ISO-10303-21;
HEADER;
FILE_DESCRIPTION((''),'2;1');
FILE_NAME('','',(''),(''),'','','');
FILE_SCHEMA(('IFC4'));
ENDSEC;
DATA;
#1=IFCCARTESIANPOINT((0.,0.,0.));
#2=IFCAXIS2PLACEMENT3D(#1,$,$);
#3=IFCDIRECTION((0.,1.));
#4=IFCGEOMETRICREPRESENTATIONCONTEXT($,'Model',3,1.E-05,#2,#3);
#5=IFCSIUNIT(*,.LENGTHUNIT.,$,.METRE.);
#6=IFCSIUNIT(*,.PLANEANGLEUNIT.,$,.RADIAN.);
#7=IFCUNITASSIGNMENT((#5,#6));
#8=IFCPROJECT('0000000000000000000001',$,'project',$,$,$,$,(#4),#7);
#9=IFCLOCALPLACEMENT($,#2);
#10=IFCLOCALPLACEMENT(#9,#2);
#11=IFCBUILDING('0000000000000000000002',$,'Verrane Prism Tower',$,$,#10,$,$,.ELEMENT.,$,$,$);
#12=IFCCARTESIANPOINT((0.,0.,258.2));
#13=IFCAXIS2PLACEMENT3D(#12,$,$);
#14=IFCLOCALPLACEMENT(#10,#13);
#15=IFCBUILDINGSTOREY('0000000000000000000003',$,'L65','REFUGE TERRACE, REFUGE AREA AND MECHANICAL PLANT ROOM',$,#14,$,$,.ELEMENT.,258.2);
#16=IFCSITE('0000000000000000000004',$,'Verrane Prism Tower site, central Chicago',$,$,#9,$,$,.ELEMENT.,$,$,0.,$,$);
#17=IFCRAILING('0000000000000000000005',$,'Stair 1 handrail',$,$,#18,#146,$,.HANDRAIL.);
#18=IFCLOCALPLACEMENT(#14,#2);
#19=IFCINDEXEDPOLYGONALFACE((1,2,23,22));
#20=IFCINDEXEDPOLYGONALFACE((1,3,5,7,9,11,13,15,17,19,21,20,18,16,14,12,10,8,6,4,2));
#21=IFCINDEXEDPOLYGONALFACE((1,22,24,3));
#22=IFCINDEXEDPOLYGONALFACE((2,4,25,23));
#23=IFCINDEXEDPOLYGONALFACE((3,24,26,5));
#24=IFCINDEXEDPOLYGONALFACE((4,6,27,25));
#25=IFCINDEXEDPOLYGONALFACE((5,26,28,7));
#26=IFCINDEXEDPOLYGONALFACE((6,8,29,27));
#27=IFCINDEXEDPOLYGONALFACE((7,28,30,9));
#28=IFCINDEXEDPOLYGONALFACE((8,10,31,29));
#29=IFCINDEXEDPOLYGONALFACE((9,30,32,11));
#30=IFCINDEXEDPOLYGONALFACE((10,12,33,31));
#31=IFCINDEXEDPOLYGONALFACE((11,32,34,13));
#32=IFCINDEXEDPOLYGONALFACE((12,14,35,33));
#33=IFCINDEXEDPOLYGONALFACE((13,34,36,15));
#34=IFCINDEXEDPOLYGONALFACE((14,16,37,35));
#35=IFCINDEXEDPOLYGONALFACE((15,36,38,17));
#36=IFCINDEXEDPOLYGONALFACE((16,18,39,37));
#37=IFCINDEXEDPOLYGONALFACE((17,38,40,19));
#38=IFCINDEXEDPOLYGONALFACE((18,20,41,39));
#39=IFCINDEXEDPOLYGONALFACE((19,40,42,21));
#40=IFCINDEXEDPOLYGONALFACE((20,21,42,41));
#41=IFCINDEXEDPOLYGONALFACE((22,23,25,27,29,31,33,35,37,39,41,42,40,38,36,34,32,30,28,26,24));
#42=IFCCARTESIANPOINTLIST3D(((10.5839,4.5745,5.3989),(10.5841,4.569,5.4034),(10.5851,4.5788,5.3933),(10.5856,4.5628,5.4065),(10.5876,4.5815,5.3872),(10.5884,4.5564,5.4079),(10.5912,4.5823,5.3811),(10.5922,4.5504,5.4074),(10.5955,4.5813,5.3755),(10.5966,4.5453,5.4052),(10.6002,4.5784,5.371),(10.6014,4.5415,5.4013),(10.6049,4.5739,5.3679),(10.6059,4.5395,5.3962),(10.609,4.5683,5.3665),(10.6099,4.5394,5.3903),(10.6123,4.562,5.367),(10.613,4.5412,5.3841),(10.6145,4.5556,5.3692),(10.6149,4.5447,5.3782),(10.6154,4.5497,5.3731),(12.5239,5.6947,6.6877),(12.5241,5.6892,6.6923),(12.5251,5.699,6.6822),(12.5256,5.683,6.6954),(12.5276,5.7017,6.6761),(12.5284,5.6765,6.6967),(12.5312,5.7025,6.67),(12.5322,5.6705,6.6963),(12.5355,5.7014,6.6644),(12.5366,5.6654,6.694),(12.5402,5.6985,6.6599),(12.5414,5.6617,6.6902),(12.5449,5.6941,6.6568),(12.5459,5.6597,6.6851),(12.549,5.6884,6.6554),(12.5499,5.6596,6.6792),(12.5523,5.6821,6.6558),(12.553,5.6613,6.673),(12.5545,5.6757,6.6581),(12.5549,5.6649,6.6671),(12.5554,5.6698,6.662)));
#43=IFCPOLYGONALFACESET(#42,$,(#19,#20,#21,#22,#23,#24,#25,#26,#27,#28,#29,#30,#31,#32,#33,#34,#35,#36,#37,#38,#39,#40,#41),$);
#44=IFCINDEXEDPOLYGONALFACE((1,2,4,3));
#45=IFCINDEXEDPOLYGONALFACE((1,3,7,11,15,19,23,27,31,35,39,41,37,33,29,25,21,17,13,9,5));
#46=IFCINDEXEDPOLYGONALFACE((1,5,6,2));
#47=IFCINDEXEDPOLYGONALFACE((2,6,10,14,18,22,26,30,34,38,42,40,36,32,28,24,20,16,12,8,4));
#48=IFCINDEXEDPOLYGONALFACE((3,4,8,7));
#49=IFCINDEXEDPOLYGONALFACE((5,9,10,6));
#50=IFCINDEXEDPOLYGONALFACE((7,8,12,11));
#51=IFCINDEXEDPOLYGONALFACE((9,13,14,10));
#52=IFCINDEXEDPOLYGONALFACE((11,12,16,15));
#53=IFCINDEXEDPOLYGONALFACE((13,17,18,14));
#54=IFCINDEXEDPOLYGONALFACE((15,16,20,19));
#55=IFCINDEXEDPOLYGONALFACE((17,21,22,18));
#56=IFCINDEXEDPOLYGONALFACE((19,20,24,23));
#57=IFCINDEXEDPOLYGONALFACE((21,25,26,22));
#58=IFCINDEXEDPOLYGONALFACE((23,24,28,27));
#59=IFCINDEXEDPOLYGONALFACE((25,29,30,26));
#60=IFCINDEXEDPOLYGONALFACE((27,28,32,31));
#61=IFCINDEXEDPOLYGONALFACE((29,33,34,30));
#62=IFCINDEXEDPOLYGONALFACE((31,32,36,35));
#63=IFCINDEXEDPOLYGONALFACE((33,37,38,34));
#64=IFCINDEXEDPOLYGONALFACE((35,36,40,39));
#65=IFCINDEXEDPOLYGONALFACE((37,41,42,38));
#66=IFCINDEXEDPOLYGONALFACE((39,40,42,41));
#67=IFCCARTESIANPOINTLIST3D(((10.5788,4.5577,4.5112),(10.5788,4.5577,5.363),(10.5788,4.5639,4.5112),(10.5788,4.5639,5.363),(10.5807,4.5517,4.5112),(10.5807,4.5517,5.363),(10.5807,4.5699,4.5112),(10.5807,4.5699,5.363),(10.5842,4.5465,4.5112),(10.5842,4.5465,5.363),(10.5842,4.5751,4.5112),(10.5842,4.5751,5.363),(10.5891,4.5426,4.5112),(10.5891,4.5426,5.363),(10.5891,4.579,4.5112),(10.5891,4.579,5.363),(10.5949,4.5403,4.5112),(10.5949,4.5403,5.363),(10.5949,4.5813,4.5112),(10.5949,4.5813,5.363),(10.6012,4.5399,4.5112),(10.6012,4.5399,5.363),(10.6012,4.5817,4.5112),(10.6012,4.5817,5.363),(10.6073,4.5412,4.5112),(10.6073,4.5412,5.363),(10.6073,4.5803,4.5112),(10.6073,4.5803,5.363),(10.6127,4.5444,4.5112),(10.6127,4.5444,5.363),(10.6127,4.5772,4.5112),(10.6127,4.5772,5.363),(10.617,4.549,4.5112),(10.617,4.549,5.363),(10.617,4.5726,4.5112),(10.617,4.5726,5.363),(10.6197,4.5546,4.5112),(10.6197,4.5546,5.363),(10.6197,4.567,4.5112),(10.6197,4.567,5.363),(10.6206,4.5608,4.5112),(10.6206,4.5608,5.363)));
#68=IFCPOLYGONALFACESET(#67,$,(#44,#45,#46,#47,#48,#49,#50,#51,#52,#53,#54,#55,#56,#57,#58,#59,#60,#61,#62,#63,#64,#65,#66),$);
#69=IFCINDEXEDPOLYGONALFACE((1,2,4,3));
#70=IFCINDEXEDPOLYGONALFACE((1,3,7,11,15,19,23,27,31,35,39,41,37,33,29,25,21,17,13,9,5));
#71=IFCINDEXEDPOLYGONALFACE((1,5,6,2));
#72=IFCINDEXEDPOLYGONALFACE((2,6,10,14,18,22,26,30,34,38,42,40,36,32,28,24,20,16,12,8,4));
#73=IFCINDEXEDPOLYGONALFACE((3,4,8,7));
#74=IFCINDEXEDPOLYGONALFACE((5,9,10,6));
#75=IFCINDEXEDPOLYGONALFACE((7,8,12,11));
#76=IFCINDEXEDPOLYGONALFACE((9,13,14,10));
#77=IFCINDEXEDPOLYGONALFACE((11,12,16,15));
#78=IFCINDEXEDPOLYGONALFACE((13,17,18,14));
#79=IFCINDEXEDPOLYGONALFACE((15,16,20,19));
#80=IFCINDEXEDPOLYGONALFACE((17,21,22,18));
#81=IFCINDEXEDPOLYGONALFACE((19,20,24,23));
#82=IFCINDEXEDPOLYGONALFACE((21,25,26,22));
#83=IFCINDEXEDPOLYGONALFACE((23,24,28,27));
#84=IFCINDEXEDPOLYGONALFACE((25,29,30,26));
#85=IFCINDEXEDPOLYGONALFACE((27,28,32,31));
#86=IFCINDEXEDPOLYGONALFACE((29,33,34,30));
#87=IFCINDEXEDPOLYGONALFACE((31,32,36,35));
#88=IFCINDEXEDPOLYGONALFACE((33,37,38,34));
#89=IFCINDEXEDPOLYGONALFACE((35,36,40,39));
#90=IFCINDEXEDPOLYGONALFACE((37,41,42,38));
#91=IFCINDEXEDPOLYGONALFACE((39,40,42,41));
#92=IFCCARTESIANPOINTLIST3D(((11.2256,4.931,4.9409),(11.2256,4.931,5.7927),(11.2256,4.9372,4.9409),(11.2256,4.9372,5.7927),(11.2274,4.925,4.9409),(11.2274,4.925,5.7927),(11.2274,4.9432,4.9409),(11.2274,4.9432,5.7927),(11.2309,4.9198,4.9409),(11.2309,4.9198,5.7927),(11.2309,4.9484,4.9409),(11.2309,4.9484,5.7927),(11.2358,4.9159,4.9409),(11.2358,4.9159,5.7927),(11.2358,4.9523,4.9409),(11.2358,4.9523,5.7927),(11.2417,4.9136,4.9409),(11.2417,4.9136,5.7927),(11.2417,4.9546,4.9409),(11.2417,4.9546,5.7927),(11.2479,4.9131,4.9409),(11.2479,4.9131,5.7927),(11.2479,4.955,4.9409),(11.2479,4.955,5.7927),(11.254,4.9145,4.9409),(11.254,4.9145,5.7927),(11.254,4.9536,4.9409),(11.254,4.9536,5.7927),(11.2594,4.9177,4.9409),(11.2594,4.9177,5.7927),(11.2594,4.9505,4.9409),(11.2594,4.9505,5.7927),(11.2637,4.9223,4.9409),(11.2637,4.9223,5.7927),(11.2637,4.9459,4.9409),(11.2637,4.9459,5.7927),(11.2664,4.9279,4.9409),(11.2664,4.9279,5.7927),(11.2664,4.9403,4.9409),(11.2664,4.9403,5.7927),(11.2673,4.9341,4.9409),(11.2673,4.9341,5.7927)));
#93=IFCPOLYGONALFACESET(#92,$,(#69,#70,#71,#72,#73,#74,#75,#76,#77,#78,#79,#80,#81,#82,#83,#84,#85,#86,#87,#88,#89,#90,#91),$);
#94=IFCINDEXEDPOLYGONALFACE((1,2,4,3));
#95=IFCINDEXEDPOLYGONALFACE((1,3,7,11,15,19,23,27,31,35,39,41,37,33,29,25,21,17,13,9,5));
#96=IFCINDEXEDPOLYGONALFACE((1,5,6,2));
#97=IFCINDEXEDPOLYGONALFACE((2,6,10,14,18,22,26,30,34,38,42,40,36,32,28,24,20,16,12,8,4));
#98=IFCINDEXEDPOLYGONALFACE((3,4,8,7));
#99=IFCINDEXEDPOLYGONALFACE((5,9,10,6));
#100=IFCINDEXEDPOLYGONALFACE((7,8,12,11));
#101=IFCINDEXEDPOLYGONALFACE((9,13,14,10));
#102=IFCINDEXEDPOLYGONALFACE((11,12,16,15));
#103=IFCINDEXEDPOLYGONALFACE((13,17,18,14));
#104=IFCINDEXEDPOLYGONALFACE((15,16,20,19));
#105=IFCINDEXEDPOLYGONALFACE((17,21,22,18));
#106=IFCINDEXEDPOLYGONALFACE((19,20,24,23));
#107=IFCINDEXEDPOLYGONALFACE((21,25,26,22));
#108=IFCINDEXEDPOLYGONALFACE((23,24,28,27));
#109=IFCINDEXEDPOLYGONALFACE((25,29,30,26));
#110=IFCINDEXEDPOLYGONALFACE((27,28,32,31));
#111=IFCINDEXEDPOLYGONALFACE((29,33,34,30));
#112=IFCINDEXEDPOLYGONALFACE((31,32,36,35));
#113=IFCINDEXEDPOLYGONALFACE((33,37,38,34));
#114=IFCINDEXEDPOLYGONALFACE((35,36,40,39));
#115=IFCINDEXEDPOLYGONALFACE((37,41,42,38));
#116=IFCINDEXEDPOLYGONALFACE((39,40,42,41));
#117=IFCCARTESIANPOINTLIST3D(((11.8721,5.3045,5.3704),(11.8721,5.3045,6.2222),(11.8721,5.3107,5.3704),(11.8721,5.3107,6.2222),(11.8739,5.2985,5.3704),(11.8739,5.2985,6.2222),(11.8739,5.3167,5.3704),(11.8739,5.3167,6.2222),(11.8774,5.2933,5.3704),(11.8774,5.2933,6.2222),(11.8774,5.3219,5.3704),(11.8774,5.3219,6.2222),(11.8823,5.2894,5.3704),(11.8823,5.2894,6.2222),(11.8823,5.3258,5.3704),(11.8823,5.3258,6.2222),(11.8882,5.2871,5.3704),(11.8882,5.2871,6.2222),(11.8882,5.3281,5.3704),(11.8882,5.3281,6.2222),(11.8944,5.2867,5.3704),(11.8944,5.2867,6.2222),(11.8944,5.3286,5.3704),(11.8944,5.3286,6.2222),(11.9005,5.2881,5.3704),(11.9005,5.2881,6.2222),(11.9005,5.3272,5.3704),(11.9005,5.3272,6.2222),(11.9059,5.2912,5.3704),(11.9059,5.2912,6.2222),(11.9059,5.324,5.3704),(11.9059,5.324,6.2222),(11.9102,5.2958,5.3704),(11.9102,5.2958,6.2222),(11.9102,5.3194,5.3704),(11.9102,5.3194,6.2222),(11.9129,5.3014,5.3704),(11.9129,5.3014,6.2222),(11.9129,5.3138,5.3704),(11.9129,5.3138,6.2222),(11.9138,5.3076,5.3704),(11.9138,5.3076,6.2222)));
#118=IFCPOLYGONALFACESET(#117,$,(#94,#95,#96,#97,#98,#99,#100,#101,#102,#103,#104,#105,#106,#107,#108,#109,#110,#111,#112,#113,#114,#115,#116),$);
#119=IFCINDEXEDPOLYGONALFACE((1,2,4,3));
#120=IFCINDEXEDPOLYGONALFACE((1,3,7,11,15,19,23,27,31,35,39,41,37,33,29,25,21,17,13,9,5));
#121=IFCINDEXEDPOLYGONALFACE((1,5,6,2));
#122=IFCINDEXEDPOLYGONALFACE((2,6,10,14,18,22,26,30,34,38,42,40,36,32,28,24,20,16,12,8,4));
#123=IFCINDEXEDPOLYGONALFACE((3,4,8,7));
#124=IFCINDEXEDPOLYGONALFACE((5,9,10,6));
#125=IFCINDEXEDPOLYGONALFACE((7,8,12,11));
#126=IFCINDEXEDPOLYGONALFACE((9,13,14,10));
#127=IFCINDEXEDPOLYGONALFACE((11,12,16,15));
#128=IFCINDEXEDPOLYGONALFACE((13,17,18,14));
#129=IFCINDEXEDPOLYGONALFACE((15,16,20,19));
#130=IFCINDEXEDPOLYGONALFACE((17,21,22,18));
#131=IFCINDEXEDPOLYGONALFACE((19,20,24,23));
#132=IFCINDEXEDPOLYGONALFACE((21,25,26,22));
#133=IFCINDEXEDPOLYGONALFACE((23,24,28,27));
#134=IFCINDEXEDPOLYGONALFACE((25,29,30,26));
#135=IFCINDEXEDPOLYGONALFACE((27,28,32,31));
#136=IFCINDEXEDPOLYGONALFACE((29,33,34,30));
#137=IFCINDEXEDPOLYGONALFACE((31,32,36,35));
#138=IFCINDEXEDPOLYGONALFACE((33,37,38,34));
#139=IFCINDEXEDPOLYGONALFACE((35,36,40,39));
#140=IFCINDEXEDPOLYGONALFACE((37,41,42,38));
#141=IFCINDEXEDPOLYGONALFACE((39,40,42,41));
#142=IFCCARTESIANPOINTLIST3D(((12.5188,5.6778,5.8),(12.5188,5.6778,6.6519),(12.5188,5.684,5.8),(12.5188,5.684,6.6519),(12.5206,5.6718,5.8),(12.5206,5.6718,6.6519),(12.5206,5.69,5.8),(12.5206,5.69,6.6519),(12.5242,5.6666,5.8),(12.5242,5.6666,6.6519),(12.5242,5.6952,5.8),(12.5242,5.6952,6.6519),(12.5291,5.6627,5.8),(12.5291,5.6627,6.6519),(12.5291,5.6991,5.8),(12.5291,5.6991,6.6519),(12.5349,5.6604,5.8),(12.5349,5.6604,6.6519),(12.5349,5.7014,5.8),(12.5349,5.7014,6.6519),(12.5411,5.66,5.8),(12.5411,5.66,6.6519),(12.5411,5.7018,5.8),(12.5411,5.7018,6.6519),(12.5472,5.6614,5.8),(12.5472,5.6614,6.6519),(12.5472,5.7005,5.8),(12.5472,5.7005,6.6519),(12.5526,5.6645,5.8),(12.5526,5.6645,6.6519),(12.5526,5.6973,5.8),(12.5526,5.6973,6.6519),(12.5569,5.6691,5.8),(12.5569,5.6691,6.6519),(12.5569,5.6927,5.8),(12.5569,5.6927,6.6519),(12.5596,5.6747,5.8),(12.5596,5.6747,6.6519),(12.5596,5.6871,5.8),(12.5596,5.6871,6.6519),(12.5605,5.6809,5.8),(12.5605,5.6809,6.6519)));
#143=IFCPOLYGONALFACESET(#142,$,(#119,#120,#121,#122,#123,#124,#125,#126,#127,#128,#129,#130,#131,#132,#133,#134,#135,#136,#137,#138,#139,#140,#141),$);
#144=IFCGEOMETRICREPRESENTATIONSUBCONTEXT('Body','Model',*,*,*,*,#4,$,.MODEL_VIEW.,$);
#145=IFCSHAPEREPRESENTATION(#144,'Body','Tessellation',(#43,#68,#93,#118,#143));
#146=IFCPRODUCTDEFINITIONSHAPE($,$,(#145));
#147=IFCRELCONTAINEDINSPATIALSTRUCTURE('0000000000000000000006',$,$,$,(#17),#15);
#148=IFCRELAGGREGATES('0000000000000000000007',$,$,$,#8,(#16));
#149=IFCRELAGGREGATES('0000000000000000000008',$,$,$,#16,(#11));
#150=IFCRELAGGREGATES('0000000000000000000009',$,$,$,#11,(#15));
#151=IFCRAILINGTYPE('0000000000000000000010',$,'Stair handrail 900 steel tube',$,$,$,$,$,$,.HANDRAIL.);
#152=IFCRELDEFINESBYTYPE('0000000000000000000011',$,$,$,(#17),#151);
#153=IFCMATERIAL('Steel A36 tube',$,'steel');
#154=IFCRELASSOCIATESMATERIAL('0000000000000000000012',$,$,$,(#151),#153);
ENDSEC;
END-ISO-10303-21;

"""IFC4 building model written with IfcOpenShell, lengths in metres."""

from ifc_helpers import new_model, si_unit, direction, frame, origin, origin_2d, place, context, subcontext, project, spatial, circle, extrude, material, type_object, element, save


model = new_model("IFC4")

# Units and contexts
model_context = context("Model", 3, precision=1e-05, world=origin(), true_north=direction((0.0, 1.0)))
body_context = subcontext(model_context, "Body", "Model", "MODEL_VIEW")
ifc_project = project(units=[si_unit("LENGTHUNIT", "METRE"), si_unit("PLANEANGLEUNIT", "RADIAN")], contexts=[model_context])

# Site, building, storey
site_placement = place(None, origin())
site = spatial("IfcSite", under=ifc_project, at=site_placement, Name="Verrane Prism Tower site, central Chicago", CompositionType="ELEMENT", RefElevation=0.0)
building_placement = place(site_placement, origin())
building = spatial("IfcBuilding", under=site, at=building_placement, Name="Verrane Prism Tower", CompositionType="ELEMENT")
storey_placement = place(building_placement, frame((0.0, 0.0, 258.2)))
storey = spatial("IfcBuildingStorey", under=building, at=storey_placement, Name="L65", Description="REFUGE TERRACE, REFUGE AREA AND MECHANICAL PLANT ROOM", CompositionType="ELEMENT", Elevation=258.2)

# Railing
ifc_material_1 = material(Name="Steel A36 tube", Category="steel")
railing_type_1 = type_object("IfcRailingType", Name="Stair handrail 900 steel tube", PredefinedType="HANDRAIL", material=ifc_material_1)
railing_1_placement = place(storey_placement, frame((10.5996, 4.5608, 4.5112)))
element("IfcRailing", 1, at=railing_1_placement, inside=storey, type_object=railing_type_1, Name="Stair 1 handrail", PredefinedType="HANDRAIL", context=body_context, shape_type="SweptSolid", body=[
    extrude(circle(Radius=0.0239, at=origin_2d()), frame((0.0, 0.0, 0.876), z_axis=(0.750637, 0.433416, 0.498693), x_axis=(-0.500031, 0.866008, 0.0)), (0.0, 0.0, 1.0), 2.5845),
    extrude(circle(Radius=0.021, at=origin_2d()), origin(), (0.0, 0.0, 1.0), 0.8518),
    extrude(circle(Radius=0.021, at=origin_2d()), frame((0.6467, 0.3733, 0.4297)), (0.0, 0.0, 1.0), 0.8518),
    extrude(circle(Radius=0.021, at=origin_2d()), frame((1.2932, 0.7468, 0.8591)), (0.0, 0.0, 1.0), 0.8518),
    extrude(circle(Radius=0.021, at=origin_2d()), frame((1.9399, 1.1201, 1.2888)), (0.0, 0.0, 1.0), 0.8518),
])

save(model, "model.ifc")
